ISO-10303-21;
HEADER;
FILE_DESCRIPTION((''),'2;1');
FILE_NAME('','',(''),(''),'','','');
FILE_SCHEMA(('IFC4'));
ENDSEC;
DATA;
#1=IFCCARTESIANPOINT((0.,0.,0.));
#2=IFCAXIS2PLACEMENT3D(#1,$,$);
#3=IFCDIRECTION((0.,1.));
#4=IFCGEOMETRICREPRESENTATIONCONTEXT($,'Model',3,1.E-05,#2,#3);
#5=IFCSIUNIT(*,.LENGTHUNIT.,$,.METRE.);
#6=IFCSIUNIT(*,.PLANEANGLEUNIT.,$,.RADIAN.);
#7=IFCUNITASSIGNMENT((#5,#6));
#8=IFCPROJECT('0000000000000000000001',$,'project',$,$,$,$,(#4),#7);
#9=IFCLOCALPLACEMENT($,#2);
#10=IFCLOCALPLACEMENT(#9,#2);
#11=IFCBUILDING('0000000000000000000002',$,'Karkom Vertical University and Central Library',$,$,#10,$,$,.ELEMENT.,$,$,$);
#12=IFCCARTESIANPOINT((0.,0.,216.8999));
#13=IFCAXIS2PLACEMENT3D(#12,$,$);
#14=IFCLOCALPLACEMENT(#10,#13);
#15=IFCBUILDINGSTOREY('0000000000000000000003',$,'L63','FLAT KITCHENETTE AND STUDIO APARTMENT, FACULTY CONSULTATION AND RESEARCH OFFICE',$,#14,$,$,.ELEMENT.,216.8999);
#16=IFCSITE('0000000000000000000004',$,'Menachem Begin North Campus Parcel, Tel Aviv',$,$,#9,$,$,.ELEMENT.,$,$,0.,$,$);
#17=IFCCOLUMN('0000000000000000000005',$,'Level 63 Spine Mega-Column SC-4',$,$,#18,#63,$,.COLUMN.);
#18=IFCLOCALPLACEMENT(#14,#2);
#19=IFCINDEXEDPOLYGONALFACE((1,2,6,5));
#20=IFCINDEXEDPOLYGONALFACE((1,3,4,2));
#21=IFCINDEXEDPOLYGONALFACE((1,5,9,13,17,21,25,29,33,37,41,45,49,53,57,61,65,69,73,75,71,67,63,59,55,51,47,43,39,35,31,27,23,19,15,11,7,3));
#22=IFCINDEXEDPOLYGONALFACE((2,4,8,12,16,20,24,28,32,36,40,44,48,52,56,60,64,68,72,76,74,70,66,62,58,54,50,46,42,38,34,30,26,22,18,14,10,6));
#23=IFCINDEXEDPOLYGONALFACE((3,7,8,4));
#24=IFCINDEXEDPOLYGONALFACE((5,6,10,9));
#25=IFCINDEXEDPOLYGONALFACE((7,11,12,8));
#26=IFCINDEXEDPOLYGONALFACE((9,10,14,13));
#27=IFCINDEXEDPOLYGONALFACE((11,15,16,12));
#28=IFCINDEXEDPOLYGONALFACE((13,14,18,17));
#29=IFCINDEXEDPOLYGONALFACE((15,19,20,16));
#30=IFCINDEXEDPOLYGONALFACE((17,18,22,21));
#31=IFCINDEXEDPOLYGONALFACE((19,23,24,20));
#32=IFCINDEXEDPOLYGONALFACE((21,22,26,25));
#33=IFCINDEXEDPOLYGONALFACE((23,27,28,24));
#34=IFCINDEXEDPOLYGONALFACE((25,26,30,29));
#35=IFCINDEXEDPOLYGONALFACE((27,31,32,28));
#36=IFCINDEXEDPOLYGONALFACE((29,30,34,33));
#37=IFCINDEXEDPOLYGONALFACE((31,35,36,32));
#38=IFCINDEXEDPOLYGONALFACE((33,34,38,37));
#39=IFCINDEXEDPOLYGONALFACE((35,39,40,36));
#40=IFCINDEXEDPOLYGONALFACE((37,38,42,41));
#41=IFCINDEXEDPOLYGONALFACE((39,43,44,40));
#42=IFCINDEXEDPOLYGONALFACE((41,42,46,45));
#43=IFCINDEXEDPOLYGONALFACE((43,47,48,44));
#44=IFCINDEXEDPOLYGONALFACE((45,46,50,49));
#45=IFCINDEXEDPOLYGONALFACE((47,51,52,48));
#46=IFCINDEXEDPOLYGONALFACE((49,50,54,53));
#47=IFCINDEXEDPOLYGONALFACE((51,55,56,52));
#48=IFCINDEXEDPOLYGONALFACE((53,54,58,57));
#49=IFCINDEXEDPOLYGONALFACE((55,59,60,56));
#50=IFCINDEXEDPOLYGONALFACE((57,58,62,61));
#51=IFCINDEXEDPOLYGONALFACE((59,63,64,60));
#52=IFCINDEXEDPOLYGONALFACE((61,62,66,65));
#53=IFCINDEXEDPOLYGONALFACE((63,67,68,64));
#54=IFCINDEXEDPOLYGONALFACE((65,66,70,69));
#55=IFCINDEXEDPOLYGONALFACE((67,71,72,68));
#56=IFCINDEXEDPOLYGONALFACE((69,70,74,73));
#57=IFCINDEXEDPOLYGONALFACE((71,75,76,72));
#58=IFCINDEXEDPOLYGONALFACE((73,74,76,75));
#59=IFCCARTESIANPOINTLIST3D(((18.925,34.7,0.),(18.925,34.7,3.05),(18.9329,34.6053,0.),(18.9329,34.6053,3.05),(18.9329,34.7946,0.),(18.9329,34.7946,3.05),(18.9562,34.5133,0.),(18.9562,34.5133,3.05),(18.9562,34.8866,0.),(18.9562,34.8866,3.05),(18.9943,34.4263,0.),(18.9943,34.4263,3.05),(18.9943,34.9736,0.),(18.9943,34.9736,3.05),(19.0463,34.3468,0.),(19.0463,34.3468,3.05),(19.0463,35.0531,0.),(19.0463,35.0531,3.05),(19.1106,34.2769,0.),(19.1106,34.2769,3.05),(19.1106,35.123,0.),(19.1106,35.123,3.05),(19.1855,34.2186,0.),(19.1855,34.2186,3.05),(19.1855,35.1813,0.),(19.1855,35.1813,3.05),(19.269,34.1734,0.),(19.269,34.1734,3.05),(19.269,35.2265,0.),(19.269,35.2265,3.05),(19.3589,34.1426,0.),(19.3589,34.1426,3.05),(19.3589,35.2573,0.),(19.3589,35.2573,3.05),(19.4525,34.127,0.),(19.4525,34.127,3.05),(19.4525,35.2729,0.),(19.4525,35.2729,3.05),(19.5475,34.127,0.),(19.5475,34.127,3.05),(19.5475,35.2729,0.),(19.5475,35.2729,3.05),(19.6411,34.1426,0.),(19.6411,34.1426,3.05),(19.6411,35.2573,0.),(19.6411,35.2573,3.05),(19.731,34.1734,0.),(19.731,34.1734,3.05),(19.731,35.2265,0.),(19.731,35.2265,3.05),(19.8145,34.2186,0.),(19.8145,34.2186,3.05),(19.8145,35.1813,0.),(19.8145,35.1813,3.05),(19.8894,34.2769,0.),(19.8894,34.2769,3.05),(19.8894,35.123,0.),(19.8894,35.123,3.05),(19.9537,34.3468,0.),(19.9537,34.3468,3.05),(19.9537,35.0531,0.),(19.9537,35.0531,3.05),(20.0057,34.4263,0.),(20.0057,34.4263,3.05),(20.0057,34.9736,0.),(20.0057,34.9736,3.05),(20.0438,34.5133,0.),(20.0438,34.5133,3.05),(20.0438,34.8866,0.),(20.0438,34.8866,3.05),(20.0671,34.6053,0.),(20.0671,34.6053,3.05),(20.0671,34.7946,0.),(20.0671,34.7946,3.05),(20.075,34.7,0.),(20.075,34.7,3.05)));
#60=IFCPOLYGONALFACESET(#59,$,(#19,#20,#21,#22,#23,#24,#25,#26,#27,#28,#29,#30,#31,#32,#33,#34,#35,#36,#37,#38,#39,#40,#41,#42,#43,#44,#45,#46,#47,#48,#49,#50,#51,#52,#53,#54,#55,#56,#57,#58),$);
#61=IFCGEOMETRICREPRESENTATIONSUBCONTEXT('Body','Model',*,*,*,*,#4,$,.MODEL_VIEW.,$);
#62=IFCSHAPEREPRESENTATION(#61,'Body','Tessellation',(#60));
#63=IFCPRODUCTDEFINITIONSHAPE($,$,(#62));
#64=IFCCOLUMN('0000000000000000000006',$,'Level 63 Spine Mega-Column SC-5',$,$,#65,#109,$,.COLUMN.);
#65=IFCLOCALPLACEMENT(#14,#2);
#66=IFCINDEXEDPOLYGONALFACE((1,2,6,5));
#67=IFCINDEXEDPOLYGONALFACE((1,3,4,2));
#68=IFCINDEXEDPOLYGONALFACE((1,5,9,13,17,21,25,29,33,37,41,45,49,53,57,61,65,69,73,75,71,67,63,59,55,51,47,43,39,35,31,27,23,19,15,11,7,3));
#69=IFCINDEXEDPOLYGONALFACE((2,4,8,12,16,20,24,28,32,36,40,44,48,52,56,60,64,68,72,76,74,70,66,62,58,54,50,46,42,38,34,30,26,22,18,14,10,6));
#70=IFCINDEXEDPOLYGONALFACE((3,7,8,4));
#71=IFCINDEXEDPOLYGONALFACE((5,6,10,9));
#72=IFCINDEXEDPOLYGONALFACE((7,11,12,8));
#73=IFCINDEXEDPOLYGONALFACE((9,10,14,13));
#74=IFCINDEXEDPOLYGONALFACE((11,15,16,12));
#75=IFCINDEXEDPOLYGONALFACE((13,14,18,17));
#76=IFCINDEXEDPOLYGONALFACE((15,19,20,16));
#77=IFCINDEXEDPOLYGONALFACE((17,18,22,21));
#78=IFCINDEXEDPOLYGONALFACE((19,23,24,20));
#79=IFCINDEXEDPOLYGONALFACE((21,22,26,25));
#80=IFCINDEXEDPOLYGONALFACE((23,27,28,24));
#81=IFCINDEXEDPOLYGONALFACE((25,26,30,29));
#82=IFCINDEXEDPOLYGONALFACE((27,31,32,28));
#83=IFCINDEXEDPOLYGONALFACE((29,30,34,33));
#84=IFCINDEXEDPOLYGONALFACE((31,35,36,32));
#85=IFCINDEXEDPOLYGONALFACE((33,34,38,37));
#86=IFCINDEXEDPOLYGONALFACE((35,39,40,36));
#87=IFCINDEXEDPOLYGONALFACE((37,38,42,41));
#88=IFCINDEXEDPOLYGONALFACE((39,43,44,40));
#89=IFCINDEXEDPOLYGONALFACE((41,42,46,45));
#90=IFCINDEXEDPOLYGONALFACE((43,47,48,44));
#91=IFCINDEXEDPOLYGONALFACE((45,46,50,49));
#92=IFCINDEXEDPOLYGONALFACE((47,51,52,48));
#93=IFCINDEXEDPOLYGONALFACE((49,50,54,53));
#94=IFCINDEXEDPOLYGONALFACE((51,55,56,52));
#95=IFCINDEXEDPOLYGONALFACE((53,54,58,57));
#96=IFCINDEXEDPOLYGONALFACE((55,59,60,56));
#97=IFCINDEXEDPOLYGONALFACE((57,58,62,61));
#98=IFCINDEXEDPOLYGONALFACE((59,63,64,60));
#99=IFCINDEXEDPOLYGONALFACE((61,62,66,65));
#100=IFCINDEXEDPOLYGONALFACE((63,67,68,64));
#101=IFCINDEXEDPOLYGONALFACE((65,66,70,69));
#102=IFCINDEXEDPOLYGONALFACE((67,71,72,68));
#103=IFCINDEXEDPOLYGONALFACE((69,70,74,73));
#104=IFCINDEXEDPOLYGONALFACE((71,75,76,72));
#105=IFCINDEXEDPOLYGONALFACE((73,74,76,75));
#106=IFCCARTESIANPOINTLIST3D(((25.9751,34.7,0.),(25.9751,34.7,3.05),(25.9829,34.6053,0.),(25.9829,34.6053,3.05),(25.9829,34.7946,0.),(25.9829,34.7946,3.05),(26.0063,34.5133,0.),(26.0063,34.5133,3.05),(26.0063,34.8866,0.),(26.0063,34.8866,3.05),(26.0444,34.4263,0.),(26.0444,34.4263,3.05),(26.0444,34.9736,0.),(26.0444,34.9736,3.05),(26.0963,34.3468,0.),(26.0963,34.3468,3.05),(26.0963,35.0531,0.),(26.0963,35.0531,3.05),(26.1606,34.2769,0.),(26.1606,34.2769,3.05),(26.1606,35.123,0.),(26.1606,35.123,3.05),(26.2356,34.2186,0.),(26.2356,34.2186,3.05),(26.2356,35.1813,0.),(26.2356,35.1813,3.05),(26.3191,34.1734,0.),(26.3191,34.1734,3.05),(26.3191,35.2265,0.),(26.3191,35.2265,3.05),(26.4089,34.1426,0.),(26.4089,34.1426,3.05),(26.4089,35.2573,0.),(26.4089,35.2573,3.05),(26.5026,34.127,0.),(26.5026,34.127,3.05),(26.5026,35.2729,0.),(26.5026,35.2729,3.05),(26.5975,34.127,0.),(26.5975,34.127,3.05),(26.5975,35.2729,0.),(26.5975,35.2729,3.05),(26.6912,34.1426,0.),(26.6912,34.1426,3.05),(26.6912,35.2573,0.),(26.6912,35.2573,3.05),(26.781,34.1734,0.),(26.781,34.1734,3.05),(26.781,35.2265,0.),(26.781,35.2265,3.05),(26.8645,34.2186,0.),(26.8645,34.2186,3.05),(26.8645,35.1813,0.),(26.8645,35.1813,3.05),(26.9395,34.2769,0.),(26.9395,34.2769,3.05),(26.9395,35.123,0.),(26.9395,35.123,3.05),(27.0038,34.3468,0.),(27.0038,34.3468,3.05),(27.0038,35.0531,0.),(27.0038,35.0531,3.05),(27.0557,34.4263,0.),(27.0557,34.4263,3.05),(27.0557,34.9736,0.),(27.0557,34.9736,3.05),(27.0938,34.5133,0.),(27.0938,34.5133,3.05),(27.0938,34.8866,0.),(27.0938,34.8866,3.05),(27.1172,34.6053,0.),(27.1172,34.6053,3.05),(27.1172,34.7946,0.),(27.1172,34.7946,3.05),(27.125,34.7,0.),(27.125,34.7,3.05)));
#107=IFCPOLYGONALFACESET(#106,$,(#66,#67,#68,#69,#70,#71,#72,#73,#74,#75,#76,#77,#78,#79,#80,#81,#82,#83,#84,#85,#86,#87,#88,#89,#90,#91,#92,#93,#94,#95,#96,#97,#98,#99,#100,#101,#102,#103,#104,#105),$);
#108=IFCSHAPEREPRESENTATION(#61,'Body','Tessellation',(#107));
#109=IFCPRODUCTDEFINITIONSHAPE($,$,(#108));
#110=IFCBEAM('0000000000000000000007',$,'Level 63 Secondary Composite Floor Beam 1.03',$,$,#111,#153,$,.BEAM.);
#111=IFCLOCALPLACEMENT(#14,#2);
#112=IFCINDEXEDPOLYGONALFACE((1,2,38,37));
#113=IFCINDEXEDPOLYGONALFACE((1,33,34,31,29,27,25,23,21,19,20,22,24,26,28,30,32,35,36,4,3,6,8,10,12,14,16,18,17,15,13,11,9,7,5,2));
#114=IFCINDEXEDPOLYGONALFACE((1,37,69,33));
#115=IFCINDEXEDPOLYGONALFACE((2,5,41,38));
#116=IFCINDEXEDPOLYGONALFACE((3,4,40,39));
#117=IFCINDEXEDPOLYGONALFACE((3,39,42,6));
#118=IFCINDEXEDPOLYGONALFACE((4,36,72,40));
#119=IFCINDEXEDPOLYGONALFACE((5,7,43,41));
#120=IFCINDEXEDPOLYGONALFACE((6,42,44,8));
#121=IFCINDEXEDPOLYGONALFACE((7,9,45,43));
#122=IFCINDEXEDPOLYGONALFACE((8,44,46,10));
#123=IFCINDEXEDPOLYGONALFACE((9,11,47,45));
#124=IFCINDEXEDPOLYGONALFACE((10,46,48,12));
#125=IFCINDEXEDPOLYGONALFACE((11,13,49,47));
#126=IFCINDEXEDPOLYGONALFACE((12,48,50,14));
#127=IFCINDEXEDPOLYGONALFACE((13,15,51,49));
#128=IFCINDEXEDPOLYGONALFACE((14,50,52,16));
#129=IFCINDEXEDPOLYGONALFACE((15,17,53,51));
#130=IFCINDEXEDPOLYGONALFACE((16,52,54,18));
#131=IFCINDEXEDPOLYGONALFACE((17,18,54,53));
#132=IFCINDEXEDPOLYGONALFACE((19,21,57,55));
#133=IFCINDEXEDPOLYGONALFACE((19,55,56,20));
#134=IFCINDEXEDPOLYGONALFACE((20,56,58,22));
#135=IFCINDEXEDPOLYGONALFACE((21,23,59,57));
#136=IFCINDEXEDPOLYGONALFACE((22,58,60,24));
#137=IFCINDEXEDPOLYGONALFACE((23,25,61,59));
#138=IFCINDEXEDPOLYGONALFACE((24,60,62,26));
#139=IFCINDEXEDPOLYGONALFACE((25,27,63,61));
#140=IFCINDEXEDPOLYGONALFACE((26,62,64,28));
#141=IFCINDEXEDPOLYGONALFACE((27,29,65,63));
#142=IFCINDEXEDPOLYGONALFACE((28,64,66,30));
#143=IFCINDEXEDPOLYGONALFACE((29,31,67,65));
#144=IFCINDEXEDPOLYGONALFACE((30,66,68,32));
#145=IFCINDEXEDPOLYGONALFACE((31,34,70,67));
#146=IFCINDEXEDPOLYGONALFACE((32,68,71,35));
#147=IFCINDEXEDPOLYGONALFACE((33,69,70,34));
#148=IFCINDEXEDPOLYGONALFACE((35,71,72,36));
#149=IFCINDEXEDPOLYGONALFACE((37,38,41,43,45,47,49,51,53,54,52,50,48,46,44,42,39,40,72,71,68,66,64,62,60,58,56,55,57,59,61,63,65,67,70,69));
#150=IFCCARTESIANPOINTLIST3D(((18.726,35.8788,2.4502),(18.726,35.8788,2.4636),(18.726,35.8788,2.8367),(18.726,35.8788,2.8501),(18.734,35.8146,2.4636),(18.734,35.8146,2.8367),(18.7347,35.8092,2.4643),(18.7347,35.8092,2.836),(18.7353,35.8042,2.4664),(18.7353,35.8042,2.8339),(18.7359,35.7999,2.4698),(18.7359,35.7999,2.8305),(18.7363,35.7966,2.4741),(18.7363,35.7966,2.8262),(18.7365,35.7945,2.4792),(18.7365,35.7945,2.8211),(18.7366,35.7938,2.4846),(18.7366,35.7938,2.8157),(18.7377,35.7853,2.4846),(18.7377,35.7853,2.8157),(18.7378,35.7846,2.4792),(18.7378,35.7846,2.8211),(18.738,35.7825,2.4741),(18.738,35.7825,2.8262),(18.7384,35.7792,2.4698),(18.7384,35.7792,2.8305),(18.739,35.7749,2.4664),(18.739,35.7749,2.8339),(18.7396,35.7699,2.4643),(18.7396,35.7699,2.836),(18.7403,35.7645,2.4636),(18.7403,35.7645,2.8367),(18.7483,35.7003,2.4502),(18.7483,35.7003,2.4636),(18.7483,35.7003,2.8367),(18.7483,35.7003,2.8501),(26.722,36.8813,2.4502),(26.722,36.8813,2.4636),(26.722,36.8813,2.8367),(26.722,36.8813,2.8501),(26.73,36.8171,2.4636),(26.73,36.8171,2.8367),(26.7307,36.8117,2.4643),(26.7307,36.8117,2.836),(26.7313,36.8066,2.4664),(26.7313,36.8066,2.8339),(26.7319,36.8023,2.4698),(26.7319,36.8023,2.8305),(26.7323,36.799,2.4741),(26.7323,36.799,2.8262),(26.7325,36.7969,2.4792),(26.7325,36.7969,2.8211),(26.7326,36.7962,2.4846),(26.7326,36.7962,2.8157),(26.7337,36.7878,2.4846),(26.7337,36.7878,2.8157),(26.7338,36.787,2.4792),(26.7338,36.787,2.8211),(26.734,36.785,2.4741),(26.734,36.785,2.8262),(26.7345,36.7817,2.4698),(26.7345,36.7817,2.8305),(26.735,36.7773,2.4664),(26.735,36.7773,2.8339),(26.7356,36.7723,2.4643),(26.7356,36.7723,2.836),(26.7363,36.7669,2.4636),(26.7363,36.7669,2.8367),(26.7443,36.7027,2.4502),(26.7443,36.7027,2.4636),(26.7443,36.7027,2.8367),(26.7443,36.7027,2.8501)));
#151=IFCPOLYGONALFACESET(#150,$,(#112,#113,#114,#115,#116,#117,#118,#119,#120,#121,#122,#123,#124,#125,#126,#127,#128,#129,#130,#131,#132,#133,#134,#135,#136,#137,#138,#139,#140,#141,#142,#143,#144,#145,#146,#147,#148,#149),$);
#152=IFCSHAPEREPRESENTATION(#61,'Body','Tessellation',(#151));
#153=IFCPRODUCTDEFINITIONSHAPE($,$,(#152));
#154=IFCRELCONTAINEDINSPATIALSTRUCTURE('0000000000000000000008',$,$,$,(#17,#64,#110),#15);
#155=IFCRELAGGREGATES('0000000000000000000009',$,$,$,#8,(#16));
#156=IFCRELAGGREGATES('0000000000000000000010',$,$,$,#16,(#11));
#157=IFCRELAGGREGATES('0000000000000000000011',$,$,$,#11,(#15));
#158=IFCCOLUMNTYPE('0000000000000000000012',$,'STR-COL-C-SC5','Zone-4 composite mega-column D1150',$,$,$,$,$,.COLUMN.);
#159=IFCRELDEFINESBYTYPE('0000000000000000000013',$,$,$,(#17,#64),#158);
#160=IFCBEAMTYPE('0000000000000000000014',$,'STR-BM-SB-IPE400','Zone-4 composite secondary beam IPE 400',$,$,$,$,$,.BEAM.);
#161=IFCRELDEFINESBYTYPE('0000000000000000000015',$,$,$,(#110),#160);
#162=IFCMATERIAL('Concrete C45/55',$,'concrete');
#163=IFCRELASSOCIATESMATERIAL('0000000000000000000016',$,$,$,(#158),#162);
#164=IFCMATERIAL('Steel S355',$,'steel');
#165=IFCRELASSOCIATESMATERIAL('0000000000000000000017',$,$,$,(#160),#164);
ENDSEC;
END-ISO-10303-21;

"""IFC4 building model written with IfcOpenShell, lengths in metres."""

from ifc_helpers import new_model, si_unit, direction, frame, origin, origin_with_axes, origin_2d, place, context, subcontext, project, spatial, circle, i_section, extrude, source, transform, mapped, material, material_profile, profile_set, type_object, element, save


model = new_model("IFC4")

# Units and contexts
model_context = context("Model", 3, precision=1e-05, world=origin(), true_north=direction((0.0, 1.0)))
body_context = subcontext(model_context, "Body", "Model", "MODEL_VIEW")
ifc_project = project(units=[si_unit("LENGTHUNIT", "METRE"), si_unit("PLANEANGLEUNIT", "RADIAN")], contexts=[model_context])

# Site, building, storey
site_placement = place(None, origin())
site = spatial("IfcSite", under=ifc_project, at=site_placement, Name="Menachem Begin North Campus Parcel, Tel Aviv", CompositionType="ELEMENT", RefElevation=0.0)
building_placement = place(site_placement, origin())
building = spatial("IfcBuilding", under=site, at=building_placement, Name="Karkom Vertical University and Central Library", CompositionType="ELEMENT")
storey_placement = place(building_placement, frame((0.0, 0.0, 216.8999)))
storey = spatial("IfcBuildingStorey", under=building, at=storey_placement, Name="L63", Description="FLAT KITCHENETTE AND STUDIO APARTMENT, FACULTY CONSULTATION AND RESEARCH OFFICE", CompositionType="ELEMENT", Elevation=216.8999)

# Columns
ifc_material_1 = material(Name="Concrete C45/55", Category="concrete")
ifc_material_profile_1 = material_profile(ifc_material_1, circle(Radius=0.575, at=origin_2d()), Name="CFT-D1150")
ifc_profile_set_1 = profile_set([ifc_material_profile_1], Name="Concrete C45/55")
column_type = type_object("IfcColumnType", Name="STR-COL-C-SC5", Description="Zone-4 composite mega-column D1150", PredefinedType="COLUMN", material=ifc_profile_set_1)
shared_shape_1 = source(origin_with_axes(), body_context, "Body", "SweptSolid", [
    extrude(circle(Radius=0.575, at=origin_2d()), origin(), (0.0, 0.0, 1.0), 3.05),
])
for number, where, z_axis, x_axis, name in (
    (1, (19.5, 34.7, 0.0), (0.0, 0.0, 1.0), (1.0, 0.0, 0.0), "Level 63 Spine Mega-Column SC-4"),
    (2, (26.55, 34.7, 0.0), (0.0, 0.0, 1.0), (1.0, 0.0, 0.0), "Level 63 Spine Mega-Column SC-5"),
):
    element("IfcColumn", number, at=place(storey_placement, frame(where, z_axis=z_axis, x_axis=x_axis)), inside=storey, type_object=column_type, Name=name, PredefinedType="COLUMN", context=body_context, shape_type="MappedRepresentation", body=[
        mapped(shared_shape_1, transform((0.0, 0.0, 0.0), scale=1.0)),
    ])

# Beam
ifc_material_2 = material(Name="Steel S355", Category="steel")
ifc_material_profile_2 = material_profile(ifc_material_2, i_section(OverallWidth=0.1799, OverallDepth=0.3999, WebThickness=0.0085, FlangeThickness=0.0134, FilletRadius=0.021, at=origin_2d()), Name="IPE 400")
ifc_profile_set_2 = profile_set([ifc_material_profile_2], Name="Steel S355")
beam_type_1 = type_object("IfcBeamType", Name="STR-BM-SB-IPE400", Description="Zone-4 composite secondary beam IPE 400", PredefinedType="BEAM", material=ifc_profile_set_2)
shared_shape_2 = source(origin_with_axes(), body_context, "Body", "SweptSolid", [
    extrude(i_section(OverallWidth=0.1799, OverallDepth=0.3999, WebThickness=0.0085, FlangeThickness=0.0134, FilletRadius=0.021, at=origin_2d()), origin(), (0.0, 0.0, 1.0), 8.0586),
])
beam_1_placement = place(storey_placement, frame((26.7332, 36.792, 2.6501), z_axis=(-0.992233, -0.124393, 0.0), x_axis=(0.124393, -0.992233, 0.0)))
element("IfcBeam", 3, at=beam_1_placement, inside=storey, type_object=beam_type_1, Name="Level 63 Secondary Composite Floor Beam 1.03", PredefinedType="BEAM", context=body_context, shape_type="MappedRepresentation", body=[
    mapped(shared_shape_2, transform((0.0, 0.0, 0.0), scale=1.0)),
])

save(model, "model.ifc")
